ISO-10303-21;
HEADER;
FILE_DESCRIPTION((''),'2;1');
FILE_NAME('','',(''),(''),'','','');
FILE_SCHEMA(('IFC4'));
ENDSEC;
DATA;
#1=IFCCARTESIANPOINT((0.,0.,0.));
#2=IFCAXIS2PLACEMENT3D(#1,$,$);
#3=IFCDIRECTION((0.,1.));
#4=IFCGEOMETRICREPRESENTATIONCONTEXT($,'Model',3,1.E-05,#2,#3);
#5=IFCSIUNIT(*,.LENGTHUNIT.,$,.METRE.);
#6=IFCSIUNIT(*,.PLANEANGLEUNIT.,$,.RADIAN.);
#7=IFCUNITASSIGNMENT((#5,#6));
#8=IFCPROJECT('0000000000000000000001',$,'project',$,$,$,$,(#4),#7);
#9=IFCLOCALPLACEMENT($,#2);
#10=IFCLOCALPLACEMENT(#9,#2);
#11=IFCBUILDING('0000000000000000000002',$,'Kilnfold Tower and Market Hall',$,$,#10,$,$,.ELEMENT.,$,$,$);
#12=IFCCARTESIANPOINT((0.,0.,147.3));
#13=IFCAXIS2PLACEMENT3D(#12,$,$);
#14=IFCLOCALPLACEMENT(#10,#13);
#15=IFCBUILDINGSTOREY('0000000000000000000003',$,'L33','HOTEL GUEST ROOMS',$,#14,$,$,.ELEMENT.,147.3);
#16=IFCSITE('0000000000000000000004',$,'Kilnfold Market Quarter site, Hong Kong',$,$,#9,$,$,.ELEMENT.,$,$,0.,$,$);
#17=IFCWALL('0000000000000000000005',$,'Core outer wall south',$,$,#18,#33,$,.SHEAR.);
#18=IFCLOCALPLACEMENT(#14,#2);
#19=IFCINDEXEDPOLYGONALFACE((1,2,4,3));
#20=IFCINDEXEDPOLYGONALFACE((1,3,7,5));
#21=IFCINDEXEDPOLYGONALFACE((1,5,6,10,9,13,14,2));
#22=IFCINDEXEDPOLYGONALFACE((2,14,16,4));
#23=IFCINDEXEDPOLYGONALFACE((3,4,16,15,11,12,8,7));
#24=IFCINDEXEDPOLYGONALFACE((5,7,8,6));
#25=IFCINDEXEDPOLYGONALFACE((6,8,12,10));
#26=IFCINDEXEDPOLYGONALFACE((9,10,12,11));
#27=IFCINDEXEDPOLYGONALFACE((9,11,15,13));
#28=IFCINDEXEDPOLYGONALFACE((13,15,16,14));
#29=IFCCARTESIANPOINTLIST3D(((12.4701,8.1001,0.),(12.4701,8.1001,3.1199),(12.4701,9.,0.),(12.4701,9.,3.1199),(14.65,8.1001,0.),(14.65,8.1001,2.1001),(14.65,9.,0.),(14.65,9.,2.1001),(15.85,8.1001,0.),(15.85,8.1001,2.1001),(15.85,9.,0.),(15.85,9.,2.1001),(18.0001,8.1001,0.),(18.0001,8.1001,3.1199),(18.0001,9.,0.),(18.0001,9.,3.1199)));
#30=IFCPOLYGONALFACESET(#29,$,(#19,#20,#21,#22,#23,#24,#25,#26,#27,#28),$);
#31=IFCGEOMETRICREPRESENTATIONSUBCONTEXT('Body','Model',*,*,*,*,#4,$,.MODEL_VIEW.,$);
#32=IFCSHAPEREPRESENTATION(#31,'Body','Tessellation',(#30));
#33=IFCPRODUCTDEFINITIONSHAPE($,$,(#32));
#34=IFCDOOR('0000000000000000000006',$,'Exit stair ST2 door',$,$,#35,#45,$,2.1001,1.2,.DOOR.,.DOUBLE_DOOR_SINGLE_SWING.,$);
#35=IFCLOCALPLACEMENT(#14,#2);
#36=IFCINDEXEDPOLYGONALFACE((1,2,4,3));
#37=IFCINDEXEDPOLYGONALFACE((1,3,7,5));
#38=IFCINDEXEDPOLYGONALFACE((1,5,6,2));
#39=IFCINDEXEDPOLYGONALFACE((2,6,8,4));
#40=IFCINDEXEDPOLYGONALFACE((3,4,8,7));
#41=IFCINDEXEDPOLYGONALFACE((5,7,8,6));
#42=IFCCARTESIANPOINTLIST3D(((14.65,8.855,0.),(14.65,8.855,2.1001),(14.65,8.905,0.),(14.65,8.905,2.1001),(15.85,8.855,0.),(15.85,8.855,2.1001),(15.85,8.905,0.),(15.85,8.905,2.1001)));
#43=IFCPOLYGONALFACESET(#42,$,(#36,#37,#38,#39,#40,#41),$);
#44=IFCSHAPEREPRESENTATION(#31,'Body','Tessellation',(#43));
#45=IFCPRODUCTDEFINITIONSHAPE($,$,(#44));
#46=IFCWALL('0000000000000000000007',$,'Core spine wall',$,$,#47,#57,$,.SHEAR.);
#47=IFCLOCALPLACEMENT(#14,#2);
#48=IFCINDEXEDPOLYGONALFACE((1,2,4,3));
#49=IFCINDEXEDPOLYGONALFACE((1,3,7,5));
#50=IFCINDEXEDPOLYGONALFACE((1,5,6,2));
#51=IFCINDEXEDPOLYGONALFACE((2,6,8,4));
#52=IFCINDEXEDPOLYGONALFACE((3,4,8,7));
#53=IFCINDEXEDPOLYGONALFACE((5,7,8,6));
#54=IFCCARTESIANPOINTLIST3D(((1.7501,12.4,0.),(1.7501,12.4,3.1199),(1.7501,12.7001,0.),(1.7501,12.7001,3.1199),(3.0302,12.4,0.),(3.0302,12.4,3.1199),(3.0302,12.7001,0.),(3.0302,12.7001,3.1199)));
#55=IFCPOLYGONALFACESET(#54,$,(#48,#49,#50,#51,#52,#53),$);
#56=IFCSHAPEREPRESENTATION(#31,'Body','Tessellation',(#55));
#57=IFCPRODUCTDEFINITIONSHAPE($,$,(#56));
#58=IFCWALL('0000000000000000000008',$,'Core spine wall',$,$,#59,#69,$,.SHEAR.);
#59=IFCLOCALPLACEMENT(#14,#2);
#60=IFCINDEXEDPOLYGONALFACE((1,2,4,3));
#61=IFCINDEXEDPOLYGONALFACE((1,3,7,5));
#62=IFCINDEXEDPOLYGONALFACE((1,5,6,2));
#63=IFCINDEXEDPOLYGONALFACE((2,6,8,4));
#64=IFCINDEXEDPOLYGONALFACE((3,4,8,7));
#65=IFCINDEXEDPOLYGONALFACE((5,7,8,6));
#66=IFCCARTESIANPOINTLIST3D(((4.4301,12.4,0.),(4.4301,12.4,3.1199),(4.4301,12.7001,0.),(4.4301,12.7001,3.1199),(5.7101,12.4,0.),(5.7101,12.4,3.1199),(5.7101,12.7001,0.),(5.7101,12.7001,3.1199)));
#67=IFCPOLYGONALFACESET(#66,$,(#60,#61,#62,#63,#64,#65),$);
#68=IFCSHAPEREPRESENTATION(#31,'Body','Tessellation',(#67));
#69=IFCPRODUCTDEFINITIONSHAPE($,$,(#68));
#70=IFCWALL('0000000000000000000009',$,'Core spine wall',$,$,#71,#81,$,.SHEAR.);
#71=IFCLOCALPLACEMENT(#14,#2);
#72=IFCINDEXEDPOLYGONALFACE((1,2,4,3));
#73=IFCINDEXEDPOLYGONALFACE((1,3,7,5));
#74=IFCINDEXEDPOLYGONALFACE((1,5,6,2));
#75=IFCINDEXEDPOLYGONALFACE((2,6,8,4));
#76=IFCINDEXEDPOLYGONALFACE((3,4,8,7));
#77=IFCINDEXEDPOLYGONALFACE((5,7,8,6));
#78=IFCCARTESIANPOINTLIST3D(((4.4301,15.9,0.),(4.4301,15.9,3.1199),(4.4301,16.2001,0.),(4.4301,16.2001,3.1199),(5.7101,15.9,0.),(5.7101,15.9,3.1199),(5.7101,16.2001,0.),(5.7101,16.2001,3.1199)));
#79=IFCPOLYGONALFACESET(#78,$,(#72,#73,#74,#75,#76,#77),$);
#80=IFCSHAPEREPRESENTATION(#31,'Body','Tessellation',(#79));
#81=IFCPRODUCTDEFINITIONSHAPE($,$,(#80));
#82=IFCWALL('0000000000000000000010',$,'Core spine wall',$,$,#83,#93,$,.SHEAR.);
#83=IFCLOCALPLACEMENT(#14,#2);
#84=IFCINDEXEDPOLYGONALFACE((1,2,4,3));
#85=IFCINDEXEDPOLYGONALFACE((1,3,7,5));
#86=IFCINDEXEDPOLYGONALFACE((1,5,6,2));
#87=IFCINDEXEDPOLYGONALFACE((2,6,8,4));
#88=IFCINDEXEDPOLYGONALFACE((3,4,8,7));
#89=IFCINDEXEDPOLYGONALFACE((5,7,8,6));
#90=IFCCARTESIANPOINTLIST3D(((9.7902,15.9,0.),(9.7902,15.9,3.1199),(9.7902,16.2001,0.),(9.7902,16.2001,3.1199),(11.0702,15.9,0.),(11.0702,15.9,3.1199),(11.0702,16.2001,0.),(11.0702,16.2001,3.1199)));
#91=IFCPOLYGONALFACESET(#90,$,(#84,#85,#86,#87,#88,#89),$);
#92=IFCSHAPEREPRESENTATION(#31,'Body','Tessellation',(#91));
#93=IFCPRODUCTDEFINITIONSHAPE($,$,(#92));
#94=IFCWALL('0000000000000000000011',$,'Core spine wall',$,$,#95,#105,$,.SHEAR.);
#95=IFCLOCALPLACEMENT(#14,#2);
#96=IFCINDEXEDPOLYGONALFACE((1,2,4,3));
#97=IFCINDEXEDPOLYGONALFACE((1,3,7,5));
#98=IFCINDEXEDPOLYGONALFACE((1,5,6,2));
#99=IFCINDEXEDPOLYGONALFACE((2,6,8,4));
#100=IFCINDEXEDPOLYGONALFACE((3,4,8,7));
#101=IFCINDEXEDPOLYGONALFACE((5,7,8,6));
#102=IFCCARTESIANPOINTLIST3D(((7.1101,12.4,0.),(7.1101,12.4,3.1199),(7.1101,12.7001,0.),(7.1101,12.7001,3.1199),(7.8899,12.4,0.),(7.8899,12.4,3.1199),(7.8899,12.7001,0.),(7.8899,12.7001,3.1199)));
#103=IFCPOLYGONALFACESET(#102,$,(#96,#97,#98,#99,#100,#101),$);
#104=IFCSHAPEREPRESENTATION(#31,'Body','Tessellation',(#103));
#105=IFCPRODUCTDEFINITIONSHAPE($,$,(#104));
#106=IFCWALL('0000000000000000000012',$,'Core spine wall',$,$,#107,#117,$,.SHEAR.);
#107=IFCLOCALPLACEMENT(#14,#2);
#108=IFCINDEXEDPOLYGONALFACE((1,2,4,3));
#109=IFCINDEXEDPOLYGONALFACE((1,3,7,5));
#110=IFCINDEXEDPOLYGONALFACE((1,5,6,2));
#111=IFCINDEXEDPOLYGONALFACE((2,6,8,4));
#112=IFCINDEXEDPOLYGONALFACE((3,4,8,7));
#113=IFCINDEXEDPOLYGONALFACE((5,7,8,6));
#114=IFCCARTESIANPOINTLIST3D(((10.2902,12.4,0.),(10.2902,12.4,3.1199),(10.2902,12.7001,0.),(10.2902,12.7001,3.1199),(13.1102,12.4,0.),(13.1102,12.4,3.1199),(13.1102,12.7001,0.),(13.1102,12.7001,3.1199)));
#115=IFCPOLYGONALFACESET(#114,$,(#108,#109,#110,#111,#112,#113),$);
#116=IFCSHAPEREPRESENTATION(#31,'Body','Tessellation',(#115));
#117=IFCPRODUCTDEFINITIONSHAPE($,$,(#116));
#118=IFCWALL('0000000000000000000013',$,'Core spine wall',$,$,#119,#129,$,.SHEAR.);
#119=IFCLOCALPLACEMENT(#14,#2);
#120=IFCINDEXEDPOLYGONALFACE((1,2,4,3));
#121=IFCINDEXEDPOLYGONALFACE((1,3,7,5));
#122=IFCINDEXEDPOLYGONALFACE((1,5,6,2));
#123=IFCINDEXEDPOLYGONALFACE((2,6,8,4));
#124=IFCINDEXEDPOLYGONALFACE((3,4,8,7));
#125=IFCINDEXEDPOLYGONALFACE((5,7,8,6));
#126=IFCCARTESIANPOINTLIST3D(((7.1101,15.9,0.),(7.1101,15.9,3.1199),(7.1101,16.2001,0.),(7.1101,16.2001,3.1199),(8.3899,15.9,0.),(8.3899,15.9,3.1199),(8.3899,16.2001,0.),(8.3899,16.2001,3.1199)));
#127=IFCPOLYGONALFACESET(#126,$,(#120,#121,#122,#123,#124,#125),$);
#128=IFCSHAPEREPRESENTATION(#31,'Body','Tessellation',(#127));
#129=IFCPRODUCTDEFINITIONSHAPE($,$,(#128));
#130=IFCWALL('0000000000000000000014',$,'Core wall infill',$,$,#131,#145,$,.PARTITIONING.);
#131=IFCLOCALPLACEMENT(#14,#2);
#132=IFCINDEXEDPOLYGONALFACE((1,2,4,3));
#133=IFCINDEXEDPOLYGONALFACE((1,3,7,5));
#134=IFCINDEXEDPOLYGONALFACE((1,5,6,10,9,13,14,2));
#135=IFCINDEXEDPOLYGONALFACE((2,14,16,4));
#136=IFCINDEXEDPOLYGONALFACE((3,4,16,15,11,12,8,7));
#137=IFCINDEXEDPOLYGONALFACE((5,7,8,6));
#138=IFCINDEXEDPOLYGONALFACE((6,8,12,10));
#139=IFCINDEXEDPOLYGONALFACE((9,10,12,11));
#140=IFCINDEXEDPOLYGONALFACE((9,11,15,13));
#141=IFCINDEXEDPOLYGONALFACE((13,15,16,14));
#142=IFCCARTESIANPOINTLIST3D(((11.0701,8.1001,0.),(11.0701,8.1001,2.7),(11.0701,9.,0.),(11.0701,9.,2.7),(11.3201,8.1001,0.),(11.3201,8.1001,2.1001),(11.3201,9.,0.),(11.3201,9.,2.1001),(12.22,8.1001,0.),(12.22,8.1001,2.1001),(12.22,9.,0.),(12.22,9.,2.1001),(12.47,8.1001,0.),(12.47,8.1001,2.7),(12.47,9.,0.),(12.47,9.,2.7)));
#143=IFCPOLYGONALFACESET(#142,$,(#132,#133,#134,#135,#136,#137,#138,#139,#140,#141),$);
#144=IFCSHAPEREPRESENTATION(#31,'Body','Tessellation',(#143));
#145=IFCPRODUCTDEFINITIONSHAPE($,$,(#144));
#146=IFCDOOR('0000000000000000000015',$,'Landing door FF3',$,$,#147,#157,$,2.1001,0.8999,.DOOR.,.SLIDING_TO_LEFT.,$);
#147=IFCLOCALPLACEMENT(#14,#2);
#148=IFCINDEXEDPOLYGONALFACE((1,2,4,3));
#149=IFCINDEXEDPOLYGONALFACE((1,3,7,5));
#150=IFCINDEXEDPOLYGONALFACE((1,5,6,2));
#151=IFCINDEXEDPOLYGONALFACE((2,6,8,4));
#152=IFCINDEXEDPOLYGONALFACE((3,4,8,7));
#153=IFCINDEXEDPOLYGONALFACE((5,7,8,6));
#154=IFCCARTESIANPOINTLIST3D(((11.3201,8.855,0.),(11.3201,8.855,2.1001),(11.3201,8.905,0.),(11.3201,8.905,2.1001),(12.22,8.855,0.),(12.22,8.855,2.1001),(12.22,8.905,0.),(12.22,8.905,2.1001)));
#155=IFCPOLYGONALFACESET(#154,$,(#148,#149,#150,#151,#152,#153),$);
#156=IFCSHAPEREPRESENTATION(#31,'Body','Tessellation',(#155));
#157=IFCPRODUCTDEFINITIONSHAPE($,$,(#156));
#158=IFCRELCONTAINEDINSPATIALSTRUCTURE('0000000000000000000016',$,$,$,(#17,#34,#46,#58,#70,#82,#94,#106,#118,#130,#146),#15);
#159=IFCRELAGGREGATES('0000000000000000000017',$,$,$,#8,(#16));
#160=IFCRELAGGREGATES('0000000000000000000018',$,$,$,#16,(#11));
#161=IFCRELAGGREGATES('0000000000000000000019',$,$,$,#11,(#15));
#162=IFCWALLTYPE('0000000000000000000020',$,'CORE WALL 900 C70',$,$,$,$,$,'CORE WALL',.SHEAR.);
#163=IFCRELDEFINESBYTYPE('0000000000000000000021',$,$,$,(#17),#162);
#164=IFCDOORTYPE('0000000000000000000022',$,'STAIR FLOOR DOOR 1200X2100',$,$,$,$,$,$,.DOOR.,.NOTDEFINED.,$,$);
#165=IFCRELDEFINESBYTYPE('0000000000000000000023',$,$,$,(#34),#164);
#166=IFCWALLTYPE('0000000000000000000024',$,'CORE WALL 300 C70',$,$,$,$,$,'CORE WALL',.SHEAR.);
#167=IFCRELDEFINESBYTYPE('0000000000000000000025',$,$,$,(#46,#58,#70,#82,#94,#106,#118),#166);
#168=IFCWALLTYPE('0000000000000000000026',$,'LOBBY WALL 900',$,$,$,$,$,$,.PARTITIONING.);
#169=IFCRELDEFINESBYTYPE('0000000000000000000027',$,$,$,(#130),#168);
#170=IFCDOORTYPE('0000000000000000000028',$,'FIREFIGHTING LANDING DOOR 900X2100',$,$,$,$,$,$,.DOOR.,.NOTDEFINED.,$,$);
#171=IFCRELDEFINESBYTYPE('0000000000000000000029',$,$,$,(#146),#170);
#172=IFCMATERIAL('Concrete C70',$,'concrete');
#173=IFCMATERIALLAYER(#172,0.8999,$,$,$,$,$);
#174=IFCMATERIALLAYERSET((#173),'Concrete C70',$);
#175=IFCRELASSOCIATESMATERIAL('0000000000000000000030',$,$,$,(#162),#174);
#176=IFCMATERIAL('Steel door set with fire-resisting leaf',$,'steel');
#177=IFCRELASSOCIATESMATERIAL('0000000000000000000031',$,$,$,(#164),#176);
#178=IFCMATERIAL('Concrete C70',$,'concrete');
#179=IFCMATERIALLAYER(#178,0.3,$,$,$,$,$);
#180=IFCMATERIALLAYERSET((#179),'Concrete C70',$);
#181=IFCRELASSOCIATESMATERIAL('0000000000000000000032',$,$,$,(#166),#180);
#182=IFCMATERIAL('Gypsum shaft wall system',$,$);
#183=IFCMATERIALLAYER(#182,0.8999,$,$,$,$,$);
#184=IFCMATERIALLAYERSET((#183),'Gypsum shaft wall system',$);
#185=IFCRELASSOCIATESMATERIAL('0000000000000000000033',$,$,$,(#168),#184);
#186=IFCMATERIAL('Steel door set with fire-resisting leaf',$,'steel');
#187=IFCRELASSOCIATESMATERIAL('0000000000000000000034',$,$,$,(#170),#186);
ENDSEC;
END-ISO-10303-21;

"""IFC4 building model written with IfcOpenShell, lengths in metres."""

from ifc_helpers import new_model, si_unit, direction, frame, frame_2d, origin, place, context, subcontext, project, spatial, rectangle, extrude, source, transform, mapped, material, layer, layer_set, type_object, element, fill, save


model = new_model("IFC4")

# Units and contexts
model_context = context("Model", 3, precision=1e-05, world=origin(), true_north=direction((0.0, 1.0)))
body_context = subcontext(model_context, "Body", "Model", "MODEL_VIEW")
ifc_project = project(units=[si_unit("LENGTHUNIT", "METRE"), si_unit("PLANEANGLEUNIT", "RADIAN")], contexts=[model_context])

# Site, building, storey
site_placement = place(None, origin())
site = spatial("IfcSite", under=ifc_project, at=site_placement, Name="Kilnfold Market Quarter site, Hong Kong", CompositionType="ELEMENT", RefElevation=0.0)
building_placement = place(site_placement, origin())
building = spatial("IfcBuilding", under=site, at=building_placement, Name="Kilnfold Tower and Market Hall", CompositionType="ELEMENT")
storey_placement = place(building_placement, frame((0.0, 0.0, 147.3)))
storey = spatial("IfcBuildingStorey", under=building, at=storey_placement, Name="L33", Description="HOTEL GUEST ROOMS", CompositionType="ELEMENT", Elevation=147.3)

# Wall, opening, door
ifc_material_1 = material(Name="Concrete C70", Category="concrete")
ifc_layer_1 = layer(ifc_material_1, 0.8999)
ifc_layer_set_1 = layer_set([ifc_layer_1], Name="Concrete C70")
wall_type_1 = type_object("IfcWallType", Name="CORE WALL 900 C70", ElementType="CORE WALL", PredefinedType="SHEAR", material=ifc_layer_set_1)
shared_shape_1 = source(origin(), body_context, "Body", "SweptSolid", [
    extrude(rectangle(XDim=5.53, YDim=0.8999, at=frame_2d((2.7651, 0.0))), origin(), (0.0, 0.0, 1.0), 3.1199),
])
wall_1_placement = place(storey_placement, frame((12.47, 8.55, 0.0), z_axis=(0.0, 0.0, 1.0), x_axis=(1.0, 0.0, 0.0)))
wall_1 = element("IfcWall", 1, at=wall_1_placement, inside=storey, type_object=wall_type_1, Name="Core outer wall south", PredefinedType="SHEAR", context=body_context, shape_type="MappedRepresentation", body=[
    mapped(shared_shape_1, transform((0.0, 0.0, 0.0))),
])
opening_1_placement = place(wall_1_placement, frame((2.1799, 0.0, 0.0)))
opening_1 = element("IfcOpeningElement", 2, at=opening_1_placement, cuts=wall_1, PredefinedType="OPENING", context=body_context, shape_type="SweptSolid", body=[
    extrude(rectangle(XDim=1.2, YDim=2.1001, at=frame_2d((0.6001, 1.05))), frame((0.0, 0.46, 0.0), z_axis=(0.0, -1.0, 0.0), x_axis=(1.0, 0.0, 0.0)), (0.0, 0.0, 1.0), 0.9199),
])
ifc_material_2 = material(Name="Steel door set with fire-resisting leaf", Category="steel")
door_type_1 = type_object("IfcDoorType", Name="STAIR FLOOR DOOR 1200X2100", OperationType="NOTDEFINED", PredefinedType="DOOR", material=ifc_material_2)
door_1_placement = place(opening_1_placement, origin())
door_1 = element("IfcDoor", 3, at=door_1_placement, inside=storey, type_object=door_type_1, Name="Exit stair ST2 door", OperationType="DOUBLE_DOOR_SINGLE_SWING", OverallHeight=2.1001, OverallWidth=1.2, PredefinedType="DOOR", context=body_context, shape_type="SweptSolid", body=[
    extrude(rectangle(XDim=1.2, YDim=2.1001, at=frame_2d((0.6001, 1.05))), frame((0.0, 0.355, 0.0), z_axis=(0.0, -1.0, 0.0), x_axis=(1.0, 0.0, 0.0)), (0.0, 0.0, 1.0), 0.05),
])
fill(opening_1, door_1)

# Walls
ifc_material_3 = material(Name="Concrete C70", Category="concrete")
ifc_layer_2 = layer(ifc_material_3, 0.3)
ifc_layer_set_2 = layer_set([ifc_layer_2], Name="Concrete C70")
wall_type_2 = type_object("IfcWallType", Name="CORE WALL 300 C70", ElementType="CORE WALL", PredefinedType="SHEAR", material=ifc_layer_set_2)
shared_shape_2 = source(origin(), body_context, "Body", "SweptSolid", [
    extrude(rectangle(XDim=1.28, YDim=0.3, at=frame_2d((0.6401, 0.0))), origin(), (0.0, 0.0, 1.0), 3.1199),
])
for number, where, z_axis, x_axis, name in (
    (4, (1.75, 12.55, 0.0), (0.0, 0.0, 1.0), (1.0, 0.0, 0.0), "Core spine wall"),
    (5, (4.4299, 12.55, 0.0), (0.0, 0.0, 1.0), (1.0, 0.0, 0.0), "Core spine wall"),
    (6, (4.4299, 16.05, 0.0), (0.0, 0.0, 1.0), (1.0, 0.0, 0.0), "Core spine wall"),
    (7, (9.79, 16.05, 0.0), (0.0, 0.0, 1.0), (1.0, 0.0, 0.0), "Core spine wall"),
):
    element("IfcWall", number, at=place(storey_placement, frame(where, z_axis=z_axis, x_axis=x_axis)), inside=storey, type_object=wall_type_2, Name=name, PredefinedType="SHEAR", context=body_context, shape_type="MappedRepresentation", body=[
        mapped(shared_shape_2, transform((0.0, 0.0, 0.0))),
    ])
shared_shape_3 = source(origin(), body_context, "Body", "SweptSolid", [
    extrude(rectangle(XDim=0.7798, YDim=0.3, at=frame_2d((0.3899, 0.0))), origin(), (0.0, 0.0, 1.0), 3.1199),
])
wall_2_placement = place(storey_placement, frame((7.1101, 12.55, 0.0), z_axis=(0.0, 0.0, 1.0), x_axis=(1.0, 0.0, 0.0)))
element("IfcWall", 8, at=wall_2_placement, inside=storey, type_object=wall_type_2, Name="Core spine wall", PredefinedType="SHEAR", context=body_context, shape_type="MappedRepresentation", body=[
    mapped(shared_shape_3, transform((0.0, 0.0, 0.0))),
])
shared_shape_4 = source(origin(), body_context, "Body", "SweptSolid", [
    extrude(rectangle(XDim=2.8201, YDim=0.3, at=frame_2d((1.4102, 0.0))), origin(), (0.0, 0.0, 1.0), 3.1199),
])
wall_3_placement = place(storey_placement, frame((10.29, 12.55, 0.0), z_axis=(0.0, 0.0, 1.0), x_axis=(1.0, 0.0, 0.0)))
element("IfcWall", 9, at=wall_3_placement, inside=storey, type_object=wall_type_2, Name="Core spine wall", PredefinedType="SHEAR", context=body_context, shape_type="MappedRepresentation", body=[
    mapped(shared_shape_4, transform((0.0, 0.0, 0.0))),
])
shared_shape_5 = source(origin(), body_context, "Body", "SweptSolid", [
    extrude(rectangle(XDim=1.2798, YDim=0.3, at=frame_2d((0.6399, 0.0))), origin(), (0.0, 0.0, 1.0), 3.1199),
])
wall_4_placement = place(storey_placement, frame((7.1101, 16.05, 0.0), z_axis=(0.0, 0.0, 1.0), x_axis=(1.0, 0.0, 0.0)))
element("IfcWall", 10, at=wall_4_placement, inside=storey, type_object=wall_type_2, Name="Core spine wall", PredefinedType="SHEAR", context=body_context, shape_type="MappedRepresentation", body=[
    mapped(shared_shape_5, transform((0.0, 0.0, 0.0))),
])

# Wall, opening, door
ifc_material_4 = material(Name="Gypsum shaft wall system")
ifc_layer_3 = layer(ifc_material_4, 0.8999)
ifc_layer_set_3 = layer_set([ifc_layer_3], Name="Gypsum shaft wall system")
wall_type_3 = type_object("IfcWallType", Name="LOBBY WALL 900", PredefinedType="PARTITIONING", material=ifc_layer_set_3)
shared_shape_6 = source(origin(), body_context, "Body", "SweptSolid", [
    extrude(rectangle(XDim=1.3999, YDim=0.8999, at=frame_2d((0.7, 0.0))), origin(), (0.0, 0.0, 1.0), 2.7),
])
wall_5_placement = place(storey_placement, frame((11.0701, 8.55, 0.0), z_axis=(0.0, 0.0, 1.0), x_axis=(1.0, 0.0, 0.0)))
wall_5 = element("IfcWall", 11, at=wall_5_placement, inside=storey, type_object=wall_type_3, Name="Core wall infill", PredefinedType="PARTITIONING", context=body_context, shape_type="MappedRepresentation", body=[
    mapped(shared_shape_6, transform((0.0, 0.0, 0.0))),
])
opening_2_placement = place(wall_5_placement, frame((0.25, 0.0, 0.0)))
opening_2 = element("IfcOpeningElement", 12, at=opening_2_placement, cuts=wall_5, PredefinedType="OPENING", context=body_context, shape_type="SweptSolid", body=[
    extrude(rectangle(XDim=0.8999, YDim=2.1001, at=frame_2d((0.45, 1.05))), frame((0.0, 0.46, 0.0), z_axis=(0.0, -1.0, 0.0), x_axis=(1.0, 0.0, 0.0)), (0.0, 0.0, 1.0), 0.9199),
])
ifc_material_5 = material(Name="Steel door set with fire-resisting leaf", Category="steel")
door_type_2 = type_object("IfcDoorType", Name="FIREFIGHTING LANDING DOOR 900X2100", OperationType="NOTDEFINED", PredefinedType="DOOR", material=ifc_material_5)
door_2_placement = place(opening_2_placement, origin())
door_2 = element("IfcDoor", 13, at=door_2_placement, inside=storey, type_object=door_type_2, Name="Landing door FF3", OperationType="SLIDING_TO_LEFT", OverallHeight=2.1001, OverallWidth=0.8999, PredefinedType="DOOR", context=body_context, shape_type="SweptSolid", body=[
    extrude(rectangle(XDim=0.8999, YDim=2.1001, at=frame_2d((0.45, 1.05))), frame((0.0, 0.355, 0.0), z_axis=(0.0, -1.0, 0.0), x_axis=(1.0, 0.0, 0.0)), (0.0, 0.0, 1.0), 0.05),
])
fill(opening_2, door_2)

save(model, "model.ifc")
